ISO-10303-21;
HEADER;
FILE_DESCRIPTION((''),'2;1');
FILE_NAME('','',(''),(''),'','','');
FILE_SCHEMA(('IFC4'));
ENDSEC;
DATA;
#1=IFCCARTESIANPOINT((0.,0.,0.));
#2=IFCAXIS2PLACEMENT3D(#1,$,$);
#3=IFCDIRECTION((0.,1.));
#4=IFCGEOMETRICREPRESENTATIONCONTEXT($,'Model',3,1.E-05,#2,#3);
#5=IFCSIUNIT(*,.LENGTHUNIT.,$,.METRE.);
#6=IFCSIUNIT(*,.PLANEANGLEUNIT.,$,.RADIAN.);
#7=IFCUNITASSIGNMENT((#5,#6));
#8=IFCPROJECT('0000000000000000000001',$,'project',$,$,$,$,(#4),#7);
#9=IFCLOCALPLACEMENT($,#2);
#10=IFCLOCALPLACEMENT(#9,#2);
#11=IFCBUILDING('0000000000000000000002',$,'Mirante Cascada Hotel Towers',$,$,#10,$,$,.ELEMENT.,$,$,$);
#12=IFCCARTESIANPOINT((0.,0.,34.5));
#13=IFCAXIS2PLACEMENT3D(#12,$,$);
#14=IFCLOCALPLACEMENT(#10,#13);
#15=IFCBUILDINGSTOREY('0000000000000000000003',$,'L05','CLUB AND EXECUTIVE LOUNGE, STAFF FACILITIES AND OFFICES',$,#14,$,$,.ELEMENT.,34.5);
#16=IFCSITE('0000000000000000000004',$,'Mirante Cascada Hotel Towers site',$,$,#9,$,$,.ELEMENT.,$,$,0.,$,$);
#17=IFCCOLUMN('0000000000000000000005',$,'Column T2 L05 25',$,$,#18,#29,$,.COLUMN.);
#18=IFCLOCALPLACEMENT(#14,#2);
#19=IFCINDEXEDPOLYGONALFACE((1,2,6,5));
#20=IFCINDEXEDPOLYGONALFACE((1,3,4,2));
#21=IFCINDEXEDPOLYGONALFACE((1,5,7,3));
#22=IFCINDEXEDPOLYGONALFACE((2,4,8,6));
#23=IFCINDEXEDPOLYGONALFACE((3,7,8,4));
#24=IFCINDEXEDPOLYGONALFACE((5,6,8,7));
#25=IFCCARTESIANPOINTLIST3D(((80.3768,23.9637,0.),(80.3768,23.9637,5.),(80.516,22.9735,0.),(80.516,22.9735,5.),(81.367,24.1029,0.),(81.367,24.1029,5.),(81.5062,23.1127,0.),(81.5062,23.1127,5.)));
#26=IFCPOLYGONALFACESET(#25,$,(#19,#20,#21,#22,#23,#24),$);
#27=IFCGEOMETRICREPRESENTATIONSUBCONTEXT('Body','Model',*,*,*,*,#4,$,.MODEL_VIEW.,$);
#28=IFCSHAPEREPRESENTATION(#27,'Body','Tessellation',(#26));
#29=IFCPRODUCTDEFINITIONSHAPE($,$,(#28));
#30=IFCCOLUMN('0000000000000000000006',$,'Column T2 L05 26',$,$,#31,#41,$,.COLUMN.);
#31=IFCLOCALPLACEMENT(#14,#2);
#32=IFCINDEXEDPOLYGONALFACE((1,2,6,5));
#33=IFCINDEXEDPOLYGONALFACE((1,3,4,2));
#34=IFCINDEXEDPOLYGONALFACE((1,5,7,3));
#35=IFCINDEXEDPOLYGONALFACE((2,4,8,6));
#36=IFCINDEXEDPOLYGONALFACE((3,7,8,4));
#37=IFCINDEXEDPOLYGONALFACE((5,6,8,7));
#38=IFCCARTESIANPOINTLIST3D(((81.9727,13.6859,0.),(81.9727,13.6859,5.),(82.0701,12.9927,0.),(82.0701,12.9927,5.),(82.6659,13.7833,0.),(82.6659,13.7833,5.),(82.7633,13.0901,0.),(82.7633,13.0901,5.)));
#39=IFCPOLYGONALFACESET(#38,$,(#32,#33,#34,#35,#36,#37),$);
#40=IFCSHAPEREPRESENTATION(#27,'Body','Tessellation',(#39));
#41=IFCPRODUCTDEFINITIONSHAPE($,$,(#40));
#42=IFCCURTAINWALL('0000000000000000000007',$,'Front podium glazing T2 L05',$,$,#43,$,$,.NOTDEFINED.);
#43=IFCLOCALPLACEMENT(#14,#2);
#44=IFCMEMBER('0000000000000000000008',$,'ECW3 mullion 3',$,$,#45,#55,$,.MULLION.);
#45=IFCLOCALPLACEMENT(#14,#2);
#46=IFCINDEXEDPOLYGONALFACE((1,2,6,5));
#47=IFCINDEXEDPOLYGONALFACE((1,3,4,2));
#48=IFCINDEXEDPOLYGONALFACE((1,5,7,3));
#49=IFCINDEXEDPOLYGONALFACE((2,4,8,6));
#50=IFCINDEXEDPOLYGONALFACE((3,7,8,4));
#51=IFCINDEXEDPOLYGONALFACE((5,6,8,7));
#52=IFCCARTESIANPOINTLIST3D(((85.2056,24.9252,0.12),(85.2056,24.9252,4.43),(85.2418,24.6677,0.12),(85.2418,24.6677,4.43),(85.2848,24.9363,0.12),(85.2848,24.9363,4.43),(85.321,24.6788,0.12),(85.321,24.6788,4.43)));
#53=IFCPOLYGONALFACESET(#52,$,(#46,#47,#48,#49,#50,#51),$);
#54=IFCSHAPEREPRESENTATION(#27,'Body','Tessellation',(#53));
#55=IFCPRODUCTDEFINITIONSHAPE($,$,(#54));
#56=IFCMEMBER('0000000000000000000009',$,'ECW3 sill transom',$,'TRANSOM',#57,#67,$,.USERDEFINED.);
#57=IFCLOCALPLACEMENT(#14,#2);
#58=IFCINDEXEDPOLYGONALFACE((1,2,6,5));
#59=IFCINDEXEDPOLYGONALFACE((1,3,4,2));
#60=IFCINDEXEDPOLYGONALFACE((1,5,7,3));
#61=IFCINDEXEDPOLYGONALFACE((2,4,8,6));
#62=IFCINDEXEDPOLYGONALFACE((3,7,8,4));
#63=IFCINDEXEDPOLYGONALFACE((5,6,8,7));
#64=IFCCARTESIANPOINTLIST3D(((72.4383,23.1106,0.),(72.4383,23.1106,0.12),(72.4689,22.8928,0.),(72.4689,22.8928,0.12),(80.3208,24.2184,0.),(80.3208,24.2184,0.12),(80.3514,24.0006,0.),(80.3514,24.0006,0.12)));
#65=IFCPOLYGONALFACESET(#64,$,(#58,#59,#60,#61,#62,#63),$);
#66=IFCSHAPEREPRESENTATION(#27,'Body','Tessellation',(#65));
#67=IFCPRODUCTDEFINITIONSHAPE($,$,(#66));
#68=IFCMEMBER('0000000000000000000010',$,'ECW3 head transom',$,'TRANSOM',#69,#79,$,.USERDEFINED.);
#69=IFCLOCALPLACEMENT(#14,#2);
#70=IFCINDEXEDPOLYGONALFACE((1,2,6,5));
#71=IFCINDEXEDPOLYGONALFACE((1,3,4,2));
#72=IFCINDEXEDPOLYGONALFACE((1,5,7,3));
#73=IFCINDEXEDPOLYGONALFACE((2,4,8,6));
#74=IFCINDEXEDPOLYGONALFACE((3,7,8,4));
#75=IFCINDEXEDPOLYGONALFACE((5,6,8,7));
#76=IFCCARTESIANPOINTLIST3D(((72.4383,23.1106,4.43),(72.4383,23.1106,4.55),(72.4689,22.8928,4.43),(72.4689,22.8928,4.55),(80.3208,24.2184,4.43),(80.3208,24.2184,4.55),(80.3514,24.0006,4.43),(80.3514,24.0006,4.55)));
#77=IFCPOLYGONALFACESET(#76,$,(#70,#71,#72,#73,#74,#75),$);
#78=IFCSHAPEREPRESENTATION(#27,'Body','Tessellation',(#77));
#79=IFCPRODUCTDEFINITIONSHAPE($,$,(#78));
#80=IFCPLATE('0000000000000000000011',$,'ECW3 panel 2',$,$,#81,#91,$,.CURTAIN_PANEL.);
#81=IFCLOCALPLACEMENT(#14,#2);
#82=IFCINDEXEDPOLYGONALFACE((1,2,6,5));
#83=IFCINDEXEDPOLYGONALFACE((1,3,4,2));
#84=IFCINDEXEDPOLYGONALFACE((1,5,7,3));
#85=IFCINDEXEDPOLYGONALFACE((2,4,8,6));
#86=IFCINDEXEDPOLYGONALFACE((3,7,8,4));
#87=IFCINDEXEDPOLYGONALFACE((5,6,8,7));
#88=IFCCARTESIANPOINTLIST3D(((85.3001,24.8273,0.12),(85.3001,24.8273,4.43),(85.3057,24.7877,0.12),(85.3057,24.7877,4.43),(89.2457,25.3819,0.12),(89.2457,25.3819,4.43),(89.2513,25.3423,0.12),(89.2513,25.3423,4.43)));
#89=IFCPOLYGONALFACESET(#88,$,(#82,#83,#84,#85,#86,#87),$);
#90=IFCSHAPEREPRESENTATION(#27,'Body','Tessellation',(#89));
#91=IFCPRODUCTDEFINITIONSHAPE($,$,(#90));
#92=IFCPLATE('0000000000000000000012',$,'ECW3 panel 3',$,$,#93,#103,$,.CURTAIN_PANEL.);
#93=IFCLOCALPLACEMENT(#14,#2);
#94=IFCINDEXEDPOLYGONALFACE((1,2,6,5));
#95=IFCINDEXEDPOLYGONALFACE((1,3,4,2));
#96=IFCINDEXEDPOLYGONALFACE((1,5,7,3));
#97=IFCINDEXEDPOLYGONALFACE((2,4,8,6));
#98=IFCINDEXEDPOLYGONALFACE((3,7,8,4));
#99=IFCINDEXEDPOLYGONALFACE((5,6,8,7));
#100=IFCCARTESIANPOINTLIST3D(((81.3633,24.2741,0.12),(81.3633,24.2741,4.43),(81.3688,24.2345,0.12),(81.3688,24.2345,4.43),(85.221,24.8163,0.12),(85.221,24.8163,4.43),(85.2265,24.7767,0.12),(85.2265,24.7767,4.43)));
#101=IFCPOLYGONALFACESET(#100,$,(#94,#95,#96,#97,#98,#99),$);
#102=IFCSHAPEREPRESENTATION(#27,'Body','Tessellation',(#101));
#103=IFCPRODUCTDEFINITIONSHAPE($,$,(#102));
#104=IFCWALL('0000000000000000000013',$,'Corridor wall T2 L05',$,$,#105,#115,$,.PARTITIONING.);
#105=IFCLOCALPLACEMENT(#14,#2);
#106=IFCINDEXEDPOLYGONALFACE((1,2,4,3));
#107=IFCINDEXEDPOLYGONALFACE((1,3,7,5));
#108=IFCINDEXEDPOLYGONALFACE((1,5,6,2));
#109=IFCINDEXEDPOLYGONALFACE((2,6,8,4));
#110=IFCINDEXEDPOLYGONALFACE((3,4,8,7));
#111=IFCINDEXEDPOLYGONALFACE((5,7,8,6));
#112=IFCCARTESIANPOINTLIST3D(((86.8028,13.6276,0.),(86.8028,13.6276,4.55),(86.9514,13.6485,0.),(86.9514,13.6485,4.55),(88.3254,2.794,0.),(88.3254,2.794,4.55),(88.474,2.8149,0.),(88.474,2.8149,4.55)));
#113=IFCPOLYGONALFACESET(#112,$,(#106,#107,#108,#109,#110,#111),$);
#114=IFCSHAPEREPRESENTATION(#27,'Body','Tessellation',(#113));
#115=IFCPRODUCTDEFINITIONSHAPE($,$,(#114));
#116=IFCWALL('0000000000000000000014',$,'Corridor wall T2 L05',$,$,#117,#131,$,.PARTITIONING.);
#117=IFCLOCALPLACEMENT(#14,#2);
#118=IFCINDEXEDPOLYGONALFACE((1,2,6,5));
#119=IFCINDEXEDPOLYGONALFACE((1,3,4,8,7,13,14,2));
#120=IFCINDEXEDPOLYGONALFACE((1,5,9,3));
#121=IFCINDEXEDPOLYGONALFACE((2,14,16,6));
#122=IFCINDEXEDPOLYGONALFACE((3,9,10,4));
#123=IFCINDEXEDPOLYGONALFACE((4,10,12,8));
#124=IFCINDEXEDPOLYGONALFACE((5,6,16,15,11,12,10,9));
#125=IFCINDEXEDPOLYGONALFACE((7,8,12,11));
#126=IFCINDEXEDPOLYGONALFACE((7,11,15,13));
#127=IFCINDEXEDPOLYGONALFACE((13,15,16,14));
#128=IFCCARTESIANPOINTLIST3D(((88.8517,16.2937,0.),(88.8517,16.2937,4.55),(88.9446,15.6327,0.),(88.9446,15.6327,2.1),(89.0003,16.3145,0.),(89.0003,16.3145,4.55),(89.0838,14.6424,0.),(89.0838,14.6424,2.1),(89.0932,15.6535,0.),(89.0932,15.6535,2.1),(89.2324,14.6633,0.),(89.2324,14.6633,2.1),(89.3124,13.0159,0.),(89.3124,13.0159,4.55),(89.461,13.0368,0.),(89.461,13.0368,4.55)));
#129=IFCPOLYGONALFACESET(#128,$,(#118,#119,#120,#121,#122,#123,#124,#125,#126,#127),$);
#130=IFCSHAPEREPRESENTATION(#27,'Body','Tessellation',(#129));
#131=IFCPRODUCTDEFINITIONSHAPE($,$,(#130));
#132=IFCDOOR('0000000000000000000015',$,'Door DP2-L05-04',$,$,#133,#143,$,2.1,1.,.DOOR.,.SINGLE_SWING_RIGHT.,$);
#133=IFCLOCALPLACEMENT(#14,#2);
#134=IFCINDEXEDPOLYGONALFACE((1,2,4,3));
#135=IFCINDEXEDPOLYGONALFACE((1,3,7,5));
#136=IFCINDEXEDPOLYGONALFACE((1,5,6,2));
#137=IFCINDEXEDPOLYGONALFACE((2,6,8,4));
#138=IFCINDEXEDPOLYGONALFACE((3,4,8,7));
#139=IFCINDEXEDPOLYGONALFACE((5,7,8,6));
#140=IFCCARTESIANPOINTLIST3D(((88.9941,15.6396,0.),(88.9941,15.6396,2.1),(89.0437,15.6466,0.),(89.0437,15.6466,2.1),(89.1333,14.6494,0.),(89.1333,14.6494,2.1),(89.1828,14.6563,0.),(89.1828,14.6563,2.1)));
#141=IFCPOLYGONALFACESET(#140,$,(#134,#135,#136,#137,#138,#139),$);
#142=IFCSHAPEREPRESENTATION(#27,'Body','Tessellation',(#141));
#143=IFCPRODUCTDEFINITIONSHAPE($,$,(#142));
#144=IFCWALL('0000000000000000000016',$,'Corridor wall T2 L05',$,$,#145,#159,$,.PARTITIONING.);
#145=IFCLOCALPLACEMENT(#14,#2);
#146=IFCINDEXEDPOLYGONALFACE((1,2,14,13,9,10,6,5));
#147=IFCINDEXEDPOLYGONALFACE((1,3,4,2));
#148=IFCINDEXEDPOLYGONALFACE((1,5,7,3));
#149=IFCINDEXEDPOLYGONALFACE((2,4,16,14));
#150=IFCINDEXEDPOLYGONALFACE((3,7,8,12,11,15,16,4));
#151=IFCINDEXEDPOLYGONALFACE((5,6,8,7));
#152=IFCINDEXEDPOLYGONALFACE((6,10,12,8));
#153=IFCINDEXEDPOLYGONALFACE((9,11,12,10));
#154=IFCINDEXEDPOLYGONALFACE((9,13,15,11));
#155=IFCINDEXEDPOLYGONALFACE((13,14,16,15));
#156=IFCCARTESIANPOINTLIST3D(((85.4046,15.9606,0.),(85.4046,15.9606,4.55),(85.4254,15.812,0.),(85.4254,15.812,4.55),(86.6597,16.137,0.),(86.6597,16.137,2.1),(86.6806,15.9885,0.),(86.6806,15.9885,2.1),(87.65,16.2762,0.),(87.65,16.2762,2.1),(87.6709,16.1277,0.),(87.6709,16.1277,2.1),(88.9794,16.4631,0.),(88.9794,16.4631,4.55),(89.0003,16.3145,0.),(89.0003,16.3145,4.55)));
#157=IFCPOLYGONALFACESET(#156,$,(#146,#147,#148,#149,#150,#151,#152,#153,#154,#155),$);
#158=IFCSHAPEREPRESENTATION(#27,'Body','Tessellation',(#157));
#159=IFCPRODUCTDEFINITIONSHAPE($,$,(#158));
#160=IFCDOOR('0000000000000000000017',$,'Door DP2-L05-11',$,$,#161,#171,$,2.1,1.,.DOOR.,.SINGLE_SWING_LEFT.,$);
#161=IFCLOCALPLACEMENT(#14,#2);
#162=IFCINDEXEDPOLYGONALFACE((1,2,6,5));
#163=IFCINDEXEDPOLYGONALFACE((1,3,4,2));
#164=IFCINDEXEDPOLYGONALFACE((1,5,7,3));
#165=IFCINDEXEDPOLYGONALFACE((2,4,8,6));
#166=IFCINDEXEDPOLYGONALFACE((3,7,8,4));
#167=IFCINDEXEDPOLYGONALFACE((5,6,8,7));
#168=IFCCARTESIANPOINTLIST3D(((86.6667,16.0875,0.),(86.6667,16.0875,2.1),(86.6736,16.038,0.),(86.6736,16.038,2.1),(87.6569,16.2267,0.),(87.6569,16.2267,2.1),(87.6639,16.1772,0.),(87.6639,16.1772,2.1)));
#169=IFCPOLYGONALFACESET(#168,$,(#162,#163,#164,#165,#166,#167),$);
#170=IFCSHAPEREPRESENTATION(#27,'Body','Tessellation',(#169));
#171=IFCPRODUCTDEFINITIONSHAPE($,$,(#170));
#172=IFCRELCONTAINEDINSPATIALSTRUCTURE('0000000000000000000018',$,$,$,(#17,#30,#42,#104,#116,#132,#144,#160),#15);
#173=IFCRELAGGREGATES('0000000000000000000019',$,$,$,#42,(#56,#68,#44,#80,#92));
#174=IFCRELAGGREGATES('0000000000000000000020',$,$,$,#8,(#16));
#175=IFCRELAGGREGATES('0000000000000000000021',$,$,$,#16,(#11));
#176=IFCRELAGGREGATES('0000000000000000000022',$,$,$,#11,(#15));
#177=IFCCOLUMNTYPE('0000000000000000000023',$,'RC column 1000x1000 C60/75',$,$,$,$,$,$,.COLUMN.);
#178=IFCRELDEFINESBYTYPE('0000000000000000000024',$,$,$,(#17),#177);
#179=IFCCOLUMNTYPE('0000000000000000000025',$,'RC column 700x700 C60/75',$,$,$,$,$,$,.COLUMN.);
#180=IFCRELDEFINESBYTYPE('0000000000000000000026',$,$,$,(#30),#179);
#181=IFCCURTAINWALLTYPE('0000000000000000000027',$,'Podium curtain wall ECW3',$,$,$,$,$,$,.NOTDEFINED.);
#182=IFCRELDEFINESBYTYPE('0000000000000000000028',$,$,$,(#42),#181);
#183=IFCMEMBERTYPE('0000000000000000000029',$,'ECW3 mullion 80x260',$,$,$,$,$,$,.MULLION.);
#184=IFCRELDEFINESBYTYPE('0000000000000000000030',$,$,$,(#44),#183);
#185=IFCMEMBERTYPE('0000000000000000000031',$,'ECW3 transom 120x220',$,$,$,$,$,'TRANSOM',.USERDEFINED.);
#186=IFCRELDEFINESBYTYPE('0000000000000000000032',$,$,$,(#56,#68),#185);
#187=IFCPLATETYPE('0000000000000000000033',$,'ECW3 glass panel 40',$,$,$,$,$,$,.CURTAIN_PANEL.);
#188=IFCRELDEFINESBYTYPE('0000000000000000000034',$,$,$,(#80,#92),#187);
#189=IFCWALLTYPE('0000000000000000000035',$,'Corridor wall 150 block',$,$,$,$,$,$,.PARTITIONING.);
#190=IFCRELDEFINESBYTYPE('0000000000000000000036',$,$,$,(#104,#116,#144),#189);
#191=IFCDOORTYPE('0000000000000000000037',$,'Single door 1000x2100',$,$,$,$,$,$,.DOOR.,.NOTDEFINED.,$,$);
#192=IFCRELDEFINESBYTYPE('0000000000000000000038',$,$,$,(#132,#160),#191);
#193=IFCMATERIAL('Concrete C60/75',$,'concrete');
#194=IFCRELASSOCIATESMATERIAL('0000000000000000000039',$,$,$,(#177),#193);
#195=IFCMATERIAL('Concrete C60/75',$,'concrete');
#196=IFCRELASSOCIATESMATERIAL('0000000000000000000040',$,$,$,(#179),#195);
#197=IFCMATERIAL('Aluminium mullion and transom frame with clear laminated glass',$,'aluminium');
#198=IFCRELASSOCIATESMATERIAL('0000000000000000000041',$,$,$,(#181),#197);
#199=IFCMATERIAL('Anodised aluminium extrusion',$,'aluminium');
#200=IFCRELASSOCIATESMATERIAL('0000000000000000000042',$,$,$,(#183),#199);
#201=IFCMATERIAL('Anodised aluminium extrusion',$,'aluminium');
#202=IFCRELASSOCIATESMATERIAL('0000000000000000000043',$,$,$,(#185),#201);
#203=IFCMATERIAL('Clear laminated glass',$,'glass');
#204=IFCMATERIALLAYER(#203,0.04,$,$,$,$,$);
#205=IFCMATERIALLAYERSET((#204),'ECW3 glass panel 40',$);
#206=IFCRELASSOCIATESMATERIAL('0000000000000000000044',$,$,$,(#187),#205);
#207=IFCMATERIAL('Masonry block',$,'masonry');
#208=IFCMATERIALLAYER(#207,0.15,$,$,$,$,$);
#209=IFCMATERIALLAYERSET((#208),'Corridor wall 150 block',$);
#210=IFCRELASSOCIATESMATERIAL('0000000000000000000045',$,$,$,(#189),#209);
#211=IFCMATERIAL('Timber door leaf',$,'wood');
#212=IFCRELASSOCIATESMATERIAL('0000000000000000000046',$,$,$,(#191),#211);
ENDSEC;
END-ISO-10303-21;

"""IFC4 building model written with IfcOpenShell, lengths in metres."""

from ifc_helpers import new_model, si_unit, direction, frame, frame_2d, origin, origin_2d, place, context, subcontext, project, spatial, rectangle, extrude, material, layer, layer_set, material_profile, profile_set, type_object, element, fill, aggregate, save


model = new_model("IFC4")

# Units and contexts
model_context = context("Model", 3, precision=1e-05, world=origin(), true_north=direction((0.0, 1.0)))
body_context = subcontext(model_context, "Body", "Model", "MODEL_VIEW")
ifc_project = project(units=[si_unit("LENGTHUNIT", "METRE"), si_unit("PLANEANGLEUNIT", "RADIAN")], contexts=[model_context])

# Site, building, storey
site_placement = place(None, origin())
site = spatial("IfcSite", under=ifc_project, at=site_placement, Name="Mirante Cascada Hotel Towers site", CompositionType="ELEMENT", RefElevation=0.0)
building_placement = place(site_placement, origin())
building = spatial("IfcBuilding", under=site, at=building_placement, Name="Mirante Cascada Hotel Towers", CompositionType="ELEMENT")
storey_placement = place(building_placement, frame((0.0, 0.0, 34.5)))
storey = spatial("IfcBuildingStorey", under=building, at=storey_placement, Name="L05", Description="CLUB AND EXECUTIVE LOUNGE, STAFF FACILITIES AND OFFICES", CompositionType="ELEMENT", Elevation=34.5)

# Columns
ifc_material_1 = material(Name="Concrete C60/75", Category="concrete")
ifc_material_profile_1 = material_profile(ifc_material_1, rectangle(XDim=1.0, YDim=1.0, at=origin_2d()), Name="RC column 1000x1000 C60/75")
ifc_profile_set_1 = profile_set([ifc_material_profile_1], Name="Concrete C60/75")
column_type_1 = type_object("IfcColumnType", Name="RC column 1000x1000 C60/75", PredefinedType="COLUMN", material=ifc_profile_set_1)
column_1_placement = place(storey_placement, frame((80.9415, 23.5382, 0.0), z_axis=(0.0, 0.0, 1.0), x_axis=(0.990268, 0.139173, 0.0)))
element("IfcColumn", 1, at=column_1_placement, inside=storey, type_object=column_type_1, Name="Column T2 L05 25", PredefinedType="COLUMN", context=body_context, shape_type="SweptSolid", body=[
    extrude(rectangle(XDim=1.0, YDim=1.0, at=origin_2d()), origin(), (0.0, 0.0, 1.0), 5.0),
])
ifc_material_2 = material(Name="Concrete C60/75", Category="concrete")
ifc_material_profile_2 = material_profile(ifc_material_2, rectangle(XDim=0.7, YDim=0.7, at=origin_2d()), Name="RC column 700x700 C60/75")
ifc_profile_set_2 = profile_set([ifc_material_profile_2], Name="Concrete C60/75")
column_type_2 = type_object("IfcColumnType", Name="RC column 700x700 C60/75", PredefinedType="COLUMN", material=ifc_profile_set_2)
column_2_placement = place(storey_placement, frame((82.368, 13.388, 0.0), z_axis=(0.0, 0.0, 1.0), x_axis=(0.990268, 0.139173, 0.0)))
element("IfcColumn", 2, at=column_2_placement, inside=storey, type_object=column_type_2, Name="Column T2 L05 26", PredefinedType="COLUMN", context=body_context, shape_type="SweptSolid", body=[
    extrude(rectangle(XDim=0.7, YDim=0.7, at=origin_2d()), origin(), (0.0, 0.0, 1.0), 5.0),
])

# Curtain wall, members, plates
ifc_material_3 = material(Name="Aluminium mullion and transom frame with clear laminated glass", Category="aluminium")
curtain_wall_type = type_object("IfcCurtainWallType", Name="Podium curtain wall ECW3", PredefinedType="NOTDEFINED", material=ifc_material_3)
curtain_wall_placement = place(storey_placement, origin())
curtain_wall = element("IfcCurtainWall", 3, at=curtain_wall_placement, inside=storey, type_object=curtain_wall_type, Name="Front podium glazing T2 L05", PredefinedType="NOTDEFINED")
ifc_material_4 = material(Name="Anodised aluminium extrusion", Category="aluminium")
ifc_material_profile_3 = material_profile(ifc_material_4, rectangle(XDim=0.26, YDim=0.08, at=origin_2d()), Name="ECW3 MULLION 80x260")
ifc_profile_set_3 = profile_set([ifc_material_profile_3], Name="Anodised aluminium extrusion")
member_type_1 = type_object("IfcMemberType", Name="ECW3 mullion 80x260", PredefinedType="MULLION", material=ifc_profile_set_3)
member_1_placement = place(storey_placement, frame((85.2633, 24.802, 0.12), z_axis=(0.0, 0.0, 1.0), x_axis=(0.139173, -0.990268, 0.0)))
member_1 = element("IfcMember", 4, at=member_1_placement, type_object=member_type_1, Name="ECW3 mullion 3", PredefinedType="MULLION", context=body_context, shape_type="SweptSolid", body=[
    extrude(rectangle(XDim=0.26, YDim=0.08, at=origin_2d()), origin(), (0.0, 0.0, 1.0), 4.31),
])
ifc_material_5 = material(Name="Anodised aluminium extrusion", Category="aluminium")
ifc_material_profile_4 = material_profile(ifc_material_5, rectangle(XDim=0.22, YDim=0.12, at=origin_2d()), Name="ECW3 TRANSOM 120x220")
ifc_profile_set_4 = profile_set([ifc_material_profile_4], Name="Anodised aluminium extrusion")
member_type_2 = type_object("IfcMemberType", Name="ECW3 transom 120x220", ElementType="TRANSOM", PredefinedType="USERDEFINED", material=ifc_profile_set_4)
member_2_placement = place(storey_placement, frame((80.3361, 24.1095, 0.06), z_axis=(-0.990268, -0.139172, 0.0), x_axis=(0.139172, -0.990268, 0.0)))
member_2 = element("IfcMember", 5, at=member_2_placement, type_object=member_type_2, Name="ECW3 sill transom", ObjectType="TRANSOM", PredefinedType="USERDEFINED", context=body_context, shape_type="SweptSolid", body=[
    extrude(rectangle(XDim=0.22, YDim=0.12, at=origin_2d()), origin(), (0.0, 0.0, 1.0), 7.96),
])
member_3_placement = place(storey_placement, frame((80.3361, 24.1095, 4.49), z_axis=(-0.990268, -0.139172, 0.0), x_axis=(0.139172, -0.990268, 0.0)))
member_3 = element("IfcMember", 6, at=member_3_placement, type_object=member_type_2, Name="ECW3 head transom", ObjectType="TRANSOM", PredefinedType="USERDEFINED", context=body_context, shape_type="SweptSolid", body=[
    extrude(rectangle(XDim=0.22, YDim=0.12, at=origin_2d()), origin(), (0.0, 0.0, 1.0), 7.96),
])
ifc_material_6 = material(Name="Clear laminated glass", Category="glass")
ifc_layer_1 = layer(ifc_material_6, 0.04)
ifc_layer_set_1 = layer_set([ifc_layer_1], Name="ECW3 glass panel 40")
plate_type = type_object("IfcPlateType", Name="ECW3 glass panel 40", PredefinedType="CURTAIN_PANEL", material=ifc_layer_set_1)
plate_1_placement = place(storey_placement, frame((87.2757, 25.0848, 0.12), z_axis=(0.0, 0.0, 1.0), x_axis=(-0.990268, -0.139173, 0.0)))
plate_1 = element("IfcPlate", 7, at=plate_1_placement, type_object=plate_type, Name="ECW3 panel 2", PredefinedType="CURTAIN_PANEL", context=body_context, shape_type="SweptSolid", body=[
    extrude(rectangle(XDim=3.9844, YDim=0.04, at=origin_2d()), origin(), (0.0, 0.0, 1.0), 4.31),
])
plate_2_placement = place(storey_placement, frame((83.2949, 24.5254, 0.12), z_axis=(0.0, 0.0, 1.0), x_axis=(-0.990268, -0.139173, 0.0)))
plate_2 = element("IfcPlate", 8, at=plate_2_placement, type_object=plate_type, Name="ECW3 panel 3", PredefinedType="CURTAIN_PANEL", context=body_context, shape_type="SweptSolid", body=[
    extrude(rectangle(XDim=3.8956, YDim=0.04, at=origin_2d()), origin(), (0.0, 0.0, 1.0), 4.31),
])
aggregate(curtain_wall, [member_2, member_3, member_1, plate_1, plate_2])

# Wall
ifc_material_7 = material(Name="Masonry block", Category="masonry")
ifc_layer_2 = layer(ifc_material_7, 0.15)
ifc_layer_set_2 = layer_set([ifc_layer_2], Name="Corridor wall 150 block")
wall_type_1 = type_object("IfcWallType", Name="Corridor wall 150 block", PredefinedType="PARTITIONING", material=ifc_layer_set_2)
wall_1_placement = place(storey_placement, frame((86.8771, 13.638, 0.0), z_axis=(0.0, 0.0, 1.0), x_axis=(0.139176, -0.990268, 0.0)))
element("IfcWall", 9, at=wall_1_placement, inside=storey, type_object=wall_type_1, Name="Corridor wall T2 L05", PredefinedType="PARTITIONING", context=body_context, shape_type="SweptSolid", body=[
    extrude(rectangle(XDim=10.9401, YDim=0.15, at=frame_2d((5.47, 0.0))), origin(), (0.0, 0.0, 1.0), 4.55),
])

# Walls, openings, doors
wall_2_placement = place(storey_placement, frame((88.926, 16.3041, 0.0), z_axis=(0.0, 0.0, 1.0), x_axis=(0.139183, -0.990267, 0.0)))
wall_2 = element("IfcWall", 10, at=wall_2_placement, inside=storey, type_object=wall_type_1, Name="Corridor wall T2 L05", PredefinedType="PARTITIONING", context=body_context, shape_type="SweptSolid", body=[
    extrude(rectangle(XDim=3.31, YDim=0.15, at=frame_2d((1.655, 0.0))), origin(), (0.0, 0.0, 1.0), 4.55),
])
opening_1_placement = place(wall_2_placement, frame((0.6675, 0.0, 0.0)))
opening_1 = element("IfcOpeningElement", 11, at=opening_1_placement, cuts=wall_2, PredefinedType="OPENING", context=body_context, shape_type="SweptSolid", body=[
    extrude(rectangle(XDim=1.0, YDim=2.1, at=frame_2d((0.5, 1.05))), frame((0.0, 0.075, 0.0), z_axis=(0.0, -1.0, 0.0), x_axis=(1.0, 0.0, 0.0)), (0.0, 0.0, 1.0), 0.15),
])
ifc_material_8 = material(Name="Timber door leaf", Category="wood")
door_type = type_object("IfcDoorType", Name="Single door 1000x2100", OperationType="NOTDEFINED", PredefinedType="DOOR", material=ifc_material_8)
door_1_placement = place(opening_1_placement, origin())
door_1 = element("IfcDoor", 12, at=door_1_placement, inside=storey, type_object=door_type, Name="Door DP2-L05-04", OperationType="SINGLE_SWING_RIGHT", OverallHeight=2.1, OverallWidth=1.0, PredefinedType="DOOR", context=body_context, shape_type="SweptSolid", body=[
    extrude(rectangle(XDim=1.0, YDim=2.1, at=frame_2d((0.5, 1.05))), frame((0.0, 0.025, 0.0), z_axis=(0.0, -1.0, 0.0), x_axis=(1.0, 0.0, 0.0)), (0.0, 0.0, 1.0), 0.05),
])
fill(opening_1, door_1)
wall_3_placement = place(storey_placement, frame((85.415, 15.8863, 0.0), z_axis=(0.0, 0.0, 1.0), x_axis=(0.990265, 0.139195, 0.0)))
wall_3 = element("IfcWall", 13, at=wall_3_placement, inside=storey, type_object=wall_type_1, Name="Corridor wall T2 L05", PredefinedType="PARTITIONING", context=body_context, shape_type="SweptSolid", body=[
    extrude(rectangle(XDim=3.61, YDim=0.15, at=frame_2d((1.805, 0.0))), origin(), (0.0, 0.0, 1.0), 4.55),
])
opening_2_placement = place(wall_3_placement, frame((1.2675, 0.0, 0.0)))
opening_2 = element("IfcOpeningElement", 14, at=opening_2_placement, cuts=wall_3, PredefinedType="OPENING", context=body_context, shape_type="SweptSolid", body=[
    extrude(rectangle(XDim=1.0, YDim=2.1, at=frame_2d((0.5, 1.05))), frame((0.0, 0.075, 0.0), z_axis=(0.0, -1.0, 0.0), x_axis=(1.0, 0.0, 0.0)), (0.0, 0.0, 1.0), 0.15),
])
door_2_placement = place(opening_2_placement, origin())
door_2 = element("IfcDoor", 15, at=door_2_placement, inside=storey, type_object=door_type, Name="Door DP2-L05-11", OperationType="SINGLE_SWING_LEFT", OverallHeight=2.1, OverallWidth=1.0, PredefinedType="DOOR", context=body_context, shape_type="SweptSolid", body=[
    extrude(rectangle(XDim=1.0, YDim=2.1, at=frame_2d((0.5, 1.05))), frame((0.0, 0.025, 0.0), z_axis=(0.0, -1.0, 0.0), x_axis=(1.0, 0.0, 0.0)), (0.0, 0.0, 1.0), 0.05),
])
fill(opening_2, door_2)

save(model, "model.ifc")
